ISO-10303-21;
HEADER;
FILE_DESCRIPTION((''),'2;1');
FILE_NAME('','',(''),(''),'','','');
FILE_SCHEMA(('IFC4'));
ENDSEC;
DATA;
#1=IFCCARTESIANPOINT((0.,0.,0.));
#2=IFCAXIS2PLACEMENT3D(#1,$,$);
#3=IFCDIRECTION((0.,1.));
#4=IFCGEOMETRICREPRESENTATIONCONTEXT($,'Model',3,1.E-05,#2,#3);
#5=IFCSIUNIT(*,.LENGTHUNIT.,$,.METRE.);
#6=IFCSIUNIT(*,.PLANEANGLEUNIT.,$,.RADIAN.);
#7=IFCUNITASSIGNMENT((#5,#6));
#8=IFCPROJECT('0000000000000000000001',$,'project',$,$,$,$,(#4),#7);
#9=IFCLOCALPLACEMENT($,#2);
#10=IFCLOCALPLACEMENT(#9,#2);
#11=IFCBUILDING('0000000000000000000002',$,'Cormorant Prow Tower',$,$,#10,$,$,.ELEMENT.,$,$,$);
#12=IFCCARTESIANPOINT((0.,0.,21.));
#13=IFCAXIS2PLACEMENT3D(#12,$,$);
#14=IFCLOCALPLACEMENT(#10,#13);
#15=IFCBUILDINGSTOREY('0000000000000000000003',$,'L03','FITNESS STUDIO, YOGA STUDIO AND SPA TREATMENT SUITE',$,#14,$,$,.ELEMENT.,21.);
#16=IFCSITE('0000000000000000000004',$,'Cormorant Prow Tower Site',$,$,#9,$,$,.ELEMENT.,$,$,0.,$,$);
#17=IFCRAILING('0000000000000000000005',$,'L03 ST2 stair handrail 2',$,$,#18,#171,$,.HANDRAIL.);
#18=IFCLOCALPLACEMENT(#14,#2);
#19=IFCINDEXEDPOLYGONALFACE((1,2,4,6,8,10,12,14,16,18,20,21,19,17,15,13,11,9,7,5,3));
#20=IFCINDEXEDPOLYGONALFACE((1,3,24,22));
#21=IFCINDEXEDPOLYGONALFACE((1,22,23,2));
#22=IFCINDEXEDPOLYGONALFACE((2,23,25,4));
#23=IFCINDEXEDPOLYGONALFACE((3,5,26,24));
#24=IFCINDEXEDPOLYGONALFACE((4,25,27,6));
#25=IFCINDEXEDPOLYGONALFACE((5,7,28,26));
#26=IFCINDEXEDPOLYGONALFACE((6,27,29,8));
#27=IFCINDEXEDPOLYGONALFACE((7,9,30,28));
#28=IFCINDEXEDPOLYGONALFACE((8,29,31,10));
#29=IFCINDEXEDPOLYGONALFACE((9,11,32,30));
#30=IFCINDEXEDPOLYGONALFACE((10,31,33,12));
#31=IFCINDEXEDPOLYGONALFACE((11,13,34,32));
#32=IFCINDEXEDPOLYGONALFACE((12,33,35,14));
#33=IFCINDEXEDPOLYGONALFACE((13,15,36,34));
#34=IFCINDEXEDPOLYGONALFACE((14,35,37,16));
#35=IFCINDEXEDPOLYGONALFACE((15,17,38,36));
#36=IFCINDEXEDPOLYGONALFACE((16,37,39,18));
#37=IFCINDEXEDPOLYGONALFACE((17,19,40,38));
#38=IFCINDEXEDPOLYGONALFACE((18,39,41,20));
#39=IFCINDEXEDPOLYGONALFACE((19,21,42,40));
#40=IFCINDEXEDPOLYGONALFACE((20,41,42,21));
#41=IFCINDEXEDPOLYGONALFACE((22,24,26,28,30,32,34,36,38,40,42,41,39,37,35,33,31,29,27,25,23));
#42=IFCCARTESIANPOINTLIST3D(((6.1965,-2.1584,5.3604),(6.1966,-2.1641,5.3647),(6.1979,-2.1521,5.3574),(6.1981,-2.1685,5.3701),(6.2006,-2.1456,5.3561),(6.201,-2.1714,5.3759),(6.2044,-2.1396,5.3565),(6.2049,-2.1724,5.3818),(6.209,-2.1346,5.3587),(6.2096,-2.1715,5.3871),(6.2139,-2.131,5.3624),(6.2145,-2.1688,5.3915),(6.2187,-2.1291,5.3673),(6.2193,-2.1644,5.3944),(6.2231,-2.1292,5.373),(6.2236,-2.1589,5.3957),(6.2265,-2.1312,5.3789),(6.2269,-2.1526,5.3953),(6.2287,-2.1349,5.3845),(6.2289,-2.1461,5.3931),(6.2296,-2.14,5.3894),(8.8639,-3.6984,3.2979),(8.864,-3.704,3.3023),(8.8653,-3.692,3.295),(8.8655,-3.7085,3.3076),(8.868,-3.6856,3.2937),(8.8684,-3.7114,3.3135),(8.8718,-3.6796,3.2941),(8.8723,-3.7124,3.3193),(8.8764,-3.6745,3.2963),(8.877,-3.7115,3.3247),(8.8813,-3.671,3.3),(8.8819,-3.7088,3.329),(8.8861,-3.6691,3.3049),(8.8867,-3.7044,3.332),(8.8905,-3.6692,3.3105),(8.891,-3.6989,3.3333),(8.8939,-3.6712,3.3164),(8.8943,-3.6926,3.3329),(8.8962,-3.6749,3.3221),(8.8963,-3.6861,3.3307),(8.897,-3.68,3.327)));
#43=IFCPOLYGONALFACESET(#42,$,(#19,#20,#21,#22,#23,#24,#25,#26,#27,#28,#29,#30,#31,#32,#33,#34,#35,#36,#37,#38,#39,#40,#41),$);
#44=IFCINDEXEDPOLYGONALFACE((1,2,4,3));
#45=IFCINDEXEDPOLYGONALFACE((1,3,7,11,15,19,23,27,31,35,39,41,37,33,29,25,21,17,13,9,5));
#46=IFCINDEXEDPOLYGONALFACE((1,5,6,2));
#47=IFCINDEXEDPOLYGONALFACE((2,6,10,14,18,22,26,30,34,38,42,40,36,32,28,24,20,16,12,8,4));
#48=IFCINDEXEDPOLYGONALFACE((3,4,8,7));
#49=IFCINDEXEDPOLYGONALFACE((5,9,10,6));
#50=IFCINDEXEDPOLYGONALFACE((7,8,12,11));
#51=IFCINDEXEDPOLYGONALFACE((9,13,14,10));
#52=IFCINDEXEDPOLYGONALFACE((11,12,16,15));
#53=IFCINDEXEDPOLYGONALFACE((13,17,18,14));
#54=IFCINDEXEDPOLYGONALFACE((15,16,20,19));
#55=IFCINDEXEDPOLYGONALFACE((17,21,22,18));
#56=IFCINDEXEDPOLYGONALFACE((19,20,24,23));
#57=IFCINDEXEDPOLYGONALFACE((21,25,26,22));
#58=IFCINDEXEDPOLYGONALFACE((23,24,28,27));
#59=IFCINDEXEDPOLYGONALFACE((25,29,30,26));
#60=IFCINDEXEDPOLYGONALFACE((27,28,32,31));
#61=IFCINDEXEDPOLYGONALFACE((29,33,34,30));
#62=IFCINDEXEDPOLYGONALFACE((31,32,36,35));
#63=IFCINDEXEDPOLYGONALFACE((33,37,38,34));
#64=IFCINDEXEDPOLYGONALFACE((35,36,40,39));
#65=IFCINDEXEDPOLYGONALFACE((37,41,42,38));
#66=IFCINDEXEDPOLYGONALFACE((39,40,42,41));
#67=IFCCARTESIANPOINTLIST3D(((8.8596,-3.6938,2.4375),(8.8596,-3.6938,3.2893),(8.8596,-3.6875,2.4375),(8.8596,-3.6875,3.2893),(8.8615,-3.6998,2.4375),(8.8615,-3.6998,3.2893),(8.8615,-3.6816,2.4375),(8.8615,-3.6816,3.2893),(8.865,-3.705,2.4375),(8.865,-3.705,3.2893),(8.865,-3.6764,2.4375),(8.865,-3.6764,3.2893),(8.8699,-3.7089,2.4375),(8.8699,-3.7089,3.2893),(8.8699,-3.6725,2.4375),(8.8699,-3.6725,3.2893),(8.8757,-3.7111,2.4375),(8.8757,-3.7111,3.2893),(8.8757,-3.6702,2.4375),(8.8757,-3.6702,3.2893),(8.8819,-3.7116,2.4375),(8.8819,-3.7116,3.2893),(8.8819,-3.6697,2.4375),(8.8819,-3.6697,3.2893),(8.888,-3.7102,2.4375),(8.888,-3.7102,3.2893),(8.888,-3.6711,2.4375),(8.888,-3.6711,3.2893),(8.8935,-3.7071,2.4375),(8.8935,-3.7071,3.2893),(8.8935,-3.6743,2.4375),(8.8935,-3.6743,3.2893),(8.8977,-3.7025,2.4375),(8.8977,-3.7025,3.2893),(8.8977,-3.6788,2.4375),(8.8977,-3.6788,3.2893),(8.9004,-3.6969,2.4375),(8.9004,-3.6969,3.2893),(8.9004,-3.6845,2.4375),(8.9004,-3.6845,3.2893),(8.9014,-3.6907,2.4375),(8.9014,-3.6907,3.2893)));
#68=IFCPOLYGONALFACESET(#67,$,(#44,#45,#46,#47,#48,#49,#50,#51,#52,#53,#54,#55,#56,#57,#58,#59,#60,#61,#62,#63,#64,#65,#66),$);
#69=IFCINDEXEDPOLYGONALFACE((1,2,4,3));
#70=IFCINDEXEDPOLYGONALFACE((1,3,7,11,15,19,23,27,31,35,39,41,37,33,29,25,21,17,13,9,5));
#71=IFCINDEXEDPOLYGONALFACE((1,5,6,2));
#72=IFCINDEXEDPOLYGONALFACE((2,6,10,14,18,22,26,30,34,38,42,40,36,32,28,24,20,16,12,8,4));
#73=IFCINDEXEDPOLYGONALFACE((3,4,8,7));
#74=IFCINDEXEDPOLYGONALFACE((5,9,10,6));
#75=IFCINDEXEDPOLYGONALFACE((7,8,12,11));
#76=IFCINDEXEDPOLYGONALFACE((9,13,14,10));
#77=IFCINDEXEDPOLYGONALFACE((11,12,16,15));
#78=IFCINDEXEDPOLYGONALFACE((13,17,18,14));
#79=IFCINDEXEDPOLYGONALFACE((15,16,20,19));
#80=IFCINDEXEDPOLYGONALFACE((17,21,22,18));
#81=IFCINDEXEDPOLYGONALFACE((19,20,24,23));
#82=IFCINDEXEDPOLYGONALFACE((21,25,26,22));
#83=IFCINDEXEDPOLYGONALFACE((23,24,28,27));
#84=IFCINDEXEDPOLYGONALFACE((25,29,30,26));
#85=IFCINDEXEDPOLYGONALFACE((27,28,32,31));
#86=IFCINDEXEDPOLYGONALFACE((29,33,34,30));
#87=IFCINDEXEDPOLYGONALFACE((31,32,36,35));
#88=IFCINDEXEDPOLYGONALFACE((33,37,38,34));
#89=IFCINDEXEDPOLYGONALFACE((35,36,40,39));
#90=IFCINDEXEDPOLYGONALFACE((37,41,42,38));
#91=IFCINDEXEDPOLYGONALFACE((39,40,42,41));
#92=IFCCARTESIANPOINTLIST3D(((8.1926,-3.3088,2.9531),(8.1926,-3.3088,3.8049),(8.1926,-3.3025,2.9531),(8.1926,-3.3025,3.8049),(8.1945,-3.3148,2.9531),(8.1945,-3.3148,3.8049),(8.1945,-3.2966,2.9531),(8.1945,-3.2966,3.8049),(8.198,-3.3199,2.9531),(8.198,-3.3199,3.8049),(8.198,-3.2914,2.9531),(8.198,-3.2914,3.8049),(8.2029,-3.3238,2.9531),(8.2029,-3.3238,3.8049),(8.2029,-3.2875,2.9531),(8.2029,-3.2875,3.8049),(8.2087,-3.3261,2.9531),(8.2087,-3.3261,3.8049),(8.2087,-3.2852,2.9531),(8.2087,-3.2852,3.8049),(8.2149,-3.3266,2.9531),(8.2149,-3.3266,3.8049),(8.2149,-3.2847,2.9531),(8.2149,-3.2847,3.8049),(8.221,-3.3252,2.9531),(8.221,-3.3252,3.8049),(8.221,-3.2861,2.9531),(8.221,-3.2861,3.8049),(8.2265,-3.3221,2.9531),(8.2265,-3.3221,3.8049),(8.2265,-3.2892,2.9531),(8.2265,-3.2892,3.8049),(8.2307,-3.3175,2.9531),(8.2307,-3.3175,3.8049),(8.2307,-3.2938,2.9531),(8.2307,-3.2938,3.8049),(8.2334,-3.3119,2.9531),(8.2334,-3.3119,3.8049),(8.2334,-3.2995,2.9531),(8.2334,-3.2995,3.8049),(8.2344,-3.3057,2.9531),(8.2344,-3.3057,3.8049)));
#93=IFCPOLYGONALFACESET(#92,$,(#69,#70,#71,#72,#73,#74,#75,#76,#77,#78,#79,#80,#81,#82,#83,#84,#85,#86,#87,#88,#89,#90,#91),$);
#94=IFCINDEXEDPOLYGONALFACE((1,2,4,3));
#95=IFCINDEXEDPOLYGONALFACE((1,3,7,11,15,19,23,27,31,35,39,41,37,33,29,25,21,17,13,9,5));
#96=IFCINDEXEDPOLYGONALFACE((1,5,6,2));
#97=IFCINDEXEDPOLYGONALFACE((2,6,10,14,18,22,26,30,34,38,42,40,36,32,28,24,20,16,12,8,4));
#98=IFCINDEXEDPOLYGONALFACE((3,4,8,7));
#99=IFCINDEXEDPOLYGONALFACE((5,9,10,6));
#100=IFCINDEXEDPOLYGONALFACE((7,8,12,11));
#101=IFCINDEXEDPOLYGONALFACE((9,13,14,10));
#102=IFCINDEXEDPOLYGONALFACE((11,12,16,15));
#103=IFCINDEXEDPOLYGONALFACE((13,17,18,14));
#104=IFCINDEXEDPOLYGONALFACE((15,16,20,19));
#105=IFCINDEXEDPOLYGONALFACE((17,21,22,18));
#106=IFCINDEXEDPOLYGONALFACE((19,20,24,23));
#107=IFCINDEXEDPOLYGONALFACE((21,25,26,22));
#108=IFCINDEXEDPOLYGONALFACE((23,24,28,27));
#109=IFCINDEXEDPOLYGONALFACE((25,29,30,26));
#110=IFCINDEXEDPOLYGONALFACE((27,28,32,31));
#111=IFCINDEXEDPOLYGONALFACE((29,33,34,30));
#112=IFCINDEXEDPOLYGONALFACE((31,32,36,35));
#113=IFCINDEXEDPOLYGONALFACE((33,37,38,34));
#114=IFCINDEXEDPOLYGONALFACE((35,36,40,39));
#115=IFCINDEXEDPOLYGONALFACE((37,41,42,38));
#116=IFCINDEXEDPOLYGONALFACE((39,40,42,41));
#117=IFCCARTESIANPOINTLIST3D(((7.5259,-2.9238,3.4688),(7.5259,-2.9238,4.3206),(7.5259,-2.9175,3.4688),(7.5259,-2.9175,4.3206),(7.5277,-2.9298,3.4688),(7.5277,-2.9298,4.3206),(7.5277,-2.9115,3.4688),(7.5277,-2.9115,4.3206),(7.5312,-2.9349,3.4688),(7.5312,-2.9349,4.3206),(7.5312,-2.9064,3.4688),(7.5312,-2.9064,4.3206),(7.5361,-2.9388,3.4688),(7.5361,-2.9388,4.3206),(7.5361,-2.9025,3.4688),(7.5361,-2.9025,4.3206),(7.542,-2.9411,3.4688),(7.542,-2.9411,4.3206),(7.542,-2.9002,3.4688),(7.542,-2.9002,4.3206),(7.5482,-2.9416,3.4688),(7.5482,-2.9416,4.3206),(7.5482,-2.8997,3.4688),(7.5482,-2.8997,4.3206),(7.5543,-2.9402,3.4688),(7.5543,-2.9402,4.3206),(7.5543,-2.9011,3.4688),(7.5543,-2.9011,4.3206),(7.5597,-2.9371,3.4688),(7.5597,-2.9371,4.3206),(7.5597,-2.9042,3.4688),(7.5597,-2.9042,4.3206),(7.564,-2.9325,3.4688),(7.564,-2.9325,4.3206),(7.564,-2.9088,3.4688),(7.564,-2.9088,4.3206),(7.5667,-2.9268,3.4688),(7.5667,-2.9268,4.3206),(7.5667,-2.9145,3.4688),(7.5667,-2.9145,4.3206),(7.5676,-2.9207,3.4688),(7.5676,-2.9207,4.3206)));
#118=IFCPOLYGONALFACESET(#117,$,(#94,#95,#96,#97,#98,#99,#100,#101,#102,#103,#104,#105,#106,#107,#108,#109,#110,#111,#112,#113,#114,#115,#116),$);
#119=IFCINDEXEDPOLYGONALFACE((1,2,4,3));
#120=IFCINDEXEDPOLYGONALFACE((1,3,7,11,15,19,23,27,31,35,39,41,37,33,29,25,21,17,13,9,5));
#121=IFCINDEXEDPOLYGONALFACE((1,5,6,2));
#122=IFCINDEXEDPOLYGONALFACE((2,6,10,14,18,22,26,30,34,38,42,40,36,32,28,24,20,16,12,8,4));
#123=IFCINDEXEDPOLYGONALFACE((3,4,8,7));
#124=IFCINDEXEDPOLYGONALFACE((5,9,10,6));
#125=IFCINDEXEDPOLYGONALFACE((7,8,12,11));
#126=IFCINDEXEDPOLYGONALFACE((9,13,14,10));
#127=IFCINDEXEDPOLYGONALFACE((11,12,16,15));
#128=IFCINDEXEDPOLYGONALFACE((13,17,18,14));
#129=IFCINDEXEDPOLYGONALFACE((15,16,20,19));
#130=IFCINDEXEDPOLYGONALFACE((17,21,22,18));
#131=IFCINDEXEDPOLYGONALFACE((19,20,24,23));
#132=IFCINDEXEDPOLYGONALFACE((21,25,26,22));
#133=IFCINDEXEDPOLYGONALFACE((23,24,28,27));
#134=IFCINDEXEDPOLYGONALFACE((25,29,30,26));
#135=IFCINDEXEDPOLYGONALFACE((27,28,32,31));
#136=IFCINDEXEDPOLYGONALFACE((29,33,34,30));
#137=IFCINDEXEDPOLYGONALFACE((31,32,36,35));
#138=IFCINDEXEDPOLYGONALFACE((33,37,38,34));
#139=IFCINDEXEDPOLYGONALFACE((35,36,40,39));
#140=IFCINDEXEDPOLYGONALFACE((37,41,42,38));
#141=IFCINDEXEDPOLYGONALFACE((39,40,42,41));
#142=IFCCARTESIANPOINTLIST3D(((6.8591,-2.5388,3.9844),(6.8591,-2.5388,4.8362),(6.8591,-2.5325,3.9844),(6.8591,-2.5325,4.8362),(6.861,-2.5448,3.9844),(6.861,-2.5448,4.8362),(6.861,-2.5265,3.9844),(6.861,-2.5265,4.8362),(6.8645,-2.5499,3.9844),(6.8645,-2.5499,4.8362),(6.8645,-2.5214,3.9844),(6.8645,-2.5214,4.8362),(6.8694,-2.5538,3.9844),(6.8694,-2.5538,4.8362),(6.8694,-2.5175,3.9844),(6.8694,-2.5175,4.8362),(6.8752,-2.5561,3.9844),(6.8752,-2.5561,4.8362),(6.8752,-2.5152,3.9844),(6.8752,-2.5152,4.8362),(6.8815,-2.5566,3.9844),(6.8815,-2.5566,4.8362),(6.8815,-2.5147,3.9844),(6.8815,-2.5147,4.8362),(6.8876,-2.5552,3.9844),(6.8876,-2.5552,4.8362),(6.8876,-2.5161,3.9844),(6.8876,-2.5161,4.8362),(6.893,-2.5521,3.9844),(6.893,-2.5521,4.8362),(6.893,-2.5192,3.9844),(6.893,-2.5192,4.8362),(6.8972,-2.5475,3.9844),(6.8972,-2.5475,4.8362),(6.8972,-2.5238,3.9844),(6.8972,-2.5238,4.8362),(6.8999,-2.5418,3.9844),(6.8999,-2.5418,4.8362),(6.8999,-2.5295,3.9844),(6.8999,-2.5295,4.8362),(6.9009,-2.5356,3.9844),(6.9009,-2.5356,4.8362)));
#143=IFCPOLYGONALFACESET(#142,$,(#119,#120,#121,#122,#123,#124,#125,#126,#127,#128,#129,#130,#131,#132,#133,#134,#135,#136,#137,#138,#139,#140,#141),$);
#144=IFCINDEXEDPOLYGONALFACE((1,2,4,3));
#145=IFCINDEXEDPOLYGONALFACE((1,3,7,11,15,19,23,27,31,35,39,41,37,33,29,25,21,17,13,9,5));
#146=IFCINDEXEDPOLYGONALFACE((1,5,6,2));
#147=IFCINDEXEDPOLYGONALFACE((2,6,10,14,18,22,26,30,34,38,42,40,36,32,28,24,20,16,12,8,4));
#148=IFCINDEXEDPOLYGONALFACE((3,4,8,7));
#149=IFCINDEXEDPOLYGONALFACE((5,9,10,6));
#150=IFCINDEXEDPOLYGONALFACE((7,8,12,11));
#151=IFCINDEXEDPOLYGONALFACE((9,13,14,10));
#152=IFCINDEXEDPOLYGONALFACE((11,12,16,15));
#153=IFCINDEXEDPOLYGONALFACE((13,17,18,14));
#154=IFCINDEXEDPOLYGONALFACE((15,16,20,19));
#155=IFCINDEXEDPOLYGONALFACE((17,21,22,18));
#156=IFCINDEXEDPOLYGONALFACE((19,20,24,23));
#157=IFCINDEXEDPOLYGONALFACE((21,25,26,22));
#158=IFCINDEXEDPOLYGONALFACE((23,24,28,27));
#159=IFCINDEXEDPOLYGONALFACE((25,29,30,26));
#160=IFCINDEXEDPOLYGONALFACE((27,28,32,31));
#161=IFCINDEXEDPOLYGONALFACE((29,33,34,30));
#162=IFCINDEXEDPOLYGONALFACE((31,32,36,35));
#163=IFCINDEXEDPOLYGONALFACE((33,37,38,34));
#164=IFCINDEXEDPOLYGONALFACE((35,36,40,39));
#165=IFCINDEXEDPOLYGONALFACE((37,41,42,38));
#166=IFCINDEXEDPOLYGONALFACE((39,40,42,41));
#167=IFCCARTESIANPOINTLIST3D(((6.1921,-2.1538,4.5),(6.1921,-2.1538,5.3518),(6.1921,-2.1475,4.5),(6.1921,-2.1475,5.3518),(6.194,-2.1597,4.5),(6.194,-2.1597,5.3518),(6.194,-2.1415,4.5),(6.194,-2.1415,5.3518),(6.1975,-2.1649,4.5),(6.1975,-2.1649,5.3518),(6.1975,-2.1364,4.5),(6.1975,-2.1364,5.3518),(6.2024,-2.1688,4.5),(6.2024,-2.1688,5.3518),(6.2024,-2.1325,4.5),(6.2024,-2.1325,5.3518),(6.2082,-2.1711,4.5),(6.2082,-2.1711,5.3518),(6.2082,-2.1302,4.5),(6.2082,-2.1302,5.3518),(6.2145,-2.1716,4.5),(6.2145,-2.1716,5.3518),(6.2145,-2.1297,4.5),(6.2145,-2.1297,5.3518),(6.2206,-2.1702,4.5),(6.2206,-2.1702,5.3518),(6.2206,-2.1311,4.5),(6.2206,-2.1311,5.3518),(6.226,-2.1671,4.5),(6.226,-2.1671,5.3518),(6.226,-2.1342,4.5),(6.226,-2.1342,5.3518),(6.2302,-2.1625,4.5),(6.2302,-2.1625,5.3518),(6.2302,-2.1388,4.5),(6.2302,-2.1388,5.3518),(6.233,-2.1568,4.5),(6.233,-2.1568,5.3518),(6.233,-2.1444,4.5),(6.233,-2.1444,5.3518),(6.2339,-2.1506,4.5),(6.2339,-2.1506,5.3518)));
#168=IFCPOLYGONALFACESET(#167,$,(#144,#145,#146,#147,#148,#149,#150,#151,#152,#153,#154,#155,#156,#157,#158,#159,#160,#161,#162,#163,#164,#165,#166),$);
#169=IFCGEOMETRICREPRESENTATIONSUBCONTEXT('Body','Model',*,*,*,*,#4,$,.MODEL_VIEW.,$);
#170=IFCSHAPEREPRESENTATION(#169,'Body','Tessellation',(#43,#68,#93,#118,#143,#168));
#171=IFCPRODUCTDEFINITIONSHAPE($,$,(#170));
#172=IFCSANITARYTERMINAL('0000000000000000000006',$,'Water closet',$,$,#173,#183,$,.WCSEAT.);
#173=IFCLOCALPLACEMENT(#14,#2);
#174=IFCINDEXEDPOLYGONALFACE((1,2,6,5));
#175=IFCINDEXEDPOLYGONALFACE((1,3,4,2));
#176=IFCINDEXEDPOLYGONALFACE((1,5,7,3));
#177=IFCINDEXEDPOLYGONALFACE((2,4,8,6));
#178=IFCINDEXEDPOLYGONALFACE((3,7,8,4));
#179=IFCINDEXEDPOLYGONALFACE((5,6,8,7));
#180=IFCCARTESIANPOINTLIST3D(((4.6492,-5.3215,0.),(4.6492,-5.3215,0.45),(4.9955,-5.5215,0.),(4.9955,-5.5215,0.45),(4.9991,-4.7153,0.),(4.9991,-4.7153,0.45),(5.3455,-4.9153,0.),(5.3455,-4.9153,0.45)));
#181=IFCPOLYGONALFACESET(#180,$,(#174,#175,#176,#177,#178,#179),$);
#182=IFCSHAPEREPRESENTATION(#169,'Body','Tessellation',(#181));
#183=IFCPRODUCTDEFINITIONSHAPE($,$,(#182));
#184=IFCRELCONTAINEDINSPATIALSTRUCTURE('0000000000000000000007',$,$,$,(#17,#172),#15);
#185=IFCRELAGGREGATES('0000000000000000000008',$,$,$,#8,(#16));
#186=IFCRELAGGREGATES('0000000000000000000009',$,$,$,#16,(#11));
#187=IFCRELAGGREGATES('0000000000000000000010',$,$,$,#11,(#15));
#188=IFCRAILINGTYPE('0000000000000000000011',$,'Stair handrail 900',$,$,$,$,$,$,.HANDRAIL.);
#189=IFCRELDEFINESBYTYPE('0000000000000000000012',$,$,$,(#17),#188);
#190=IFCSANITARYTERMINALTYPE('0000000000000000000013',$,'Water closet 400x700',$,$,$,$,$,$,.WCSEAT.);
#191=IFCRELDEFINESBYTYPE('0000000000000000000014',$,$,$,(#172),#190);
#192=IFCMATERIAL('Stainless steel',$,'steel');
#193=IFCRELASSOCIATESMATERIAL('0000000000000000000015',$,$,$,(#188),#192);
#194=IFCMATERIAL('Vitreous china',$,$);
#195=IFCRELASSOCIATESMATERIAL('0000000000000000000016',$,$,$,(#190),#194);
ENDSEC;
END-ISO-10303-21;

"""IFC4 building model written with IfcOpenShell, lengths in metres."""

from ifc_helpers import new_model, si_unit, direction, frame, origin, origin_2d, place, context, subcontext, project, spatial, rectangle, circle, extrude, material, type_object, element, save


model = new_model("IFC4")

# Units and contexts
model_context = context("Model", 3, precision=1e-05, world=origin(), true_north=direction((0.0, 1.0)))
body_context = subcontext(model_context, "Body", "Model", "MODEL_VIEW")
ifc_project = project(units=[si_unit("LENGTHUNIT", "METRE"), si_unit("PLANEANGLEUNIT", "RADIAN")], contexts=[model_context])

# Site, building, storey
site_placement = place(None, origin())
site = spatial("IfcSite", under=ifc_project, at=site_placement, Name="Cormorant Prow Tower Site", CompositionType="ELEMENT", RefElevation=0.0)
building_placement = place(site_placement, origin())
building = spatial("IfcBuilding", under=site, at=building_placement, Name="Cormorant Prow Tower", CompositionType="ELEMENT")
storey_placement = place(building_placement, frame((0.0, 0.0, 21.0)))
storey = spatial("IfcBuildingStorey", under=building, at=storey_placement, Name="L03", Description="FITNESS STUDIO, YOGA STUDIO AND SPA TREATMENT SUITE", CompositionType="ELEMENT", Elevation=21.0)

# Railing
ifc_material_1 = material(Name="Stainless steel", Category="steel")
railing_type_1 = type_object("IfcRailingType", Name="Stair handrail 900", PredefinedType="HANDRAIL", material=ifc_material_1)
railing_1_placement = place(storey_placement, frame((8.8804, -3.6907, 2.4375)))
element("IfcRailing", 1, at=railing_1_placement, inside=storey, type_object=railing_type_1, Name="L03 ST2 stair handrail 2", PredefinedType="HANDRAIL", context=body_context, shape_type="SweptSolid", body=[
    extrude(circle(Radius=0.0239, at=origin_2d()), frame((0.0, 0.0, 0.876), z_axis=(-0.719599, 0.415452, 0.556395), x_axis=(-0.499992, -0.86603, 0.0)), (0.0, 0.0, 1.0), 3.7068),
    extrude(circle(Radius=0.021, at=origin_2d()), origin(), (0.0, 0.0, 1.0), 0.8518),
    extrude(circle(Radius=0.021, at=origin_2d()), frame((-0.667, 0.385, 0.5156)), (0.0, 0.0, 1.0), 0.8518),
    extrude(circle(Radius=0.021, at=origin_2d()), frame((-1.3337, 0.77, 1.0312)), (0.0, 0.0, 1.0), 0.8518),
    extrude(circle(Radius=0.021, at=origin_2d()), frame((-2.0005, 1.155, 1.5469)), (0.0, 0.0, 1.0), 0.8518),
    extrude(circle(Radius=0.021, at=origin_2d()), frame((-2.6675, 1.54, 2.0625)), (0.0, 0.0, 1.0), 0.8518),
])

# Sanitary terminal
ifc_material_2 = material(Name="Vitreous china")
sanitary_terminal_type = type_object("IfcSanitaryTerminalType", Name="Water closet 400x700", PredefinedType="WCSEAT", material=ifc_material_2)
sanitary_terminal_placement = place(storey_placement, frame((4.9973, -5.1184, 0.0), z_axis=(0.0, 0.0, 1.0), x_axis=(-0.866017, 0.500015, 0.0)))
element("IfcSanitaryTerminal", 2, at=sanitary_terminal_placement, inside=storey, type_object=sanitary_terminal_type, Name="Water closet", PredefinedType="WCSEAT", context=body_context, shape_type="SweptSolid", body=[
    extrude(rectangle(XDim=0.3999, YDim=0.7, at=origin_2d()), origin(), (0.0, 0.0, 1.0), 0.45),
])

save(model, "model.ifc")
